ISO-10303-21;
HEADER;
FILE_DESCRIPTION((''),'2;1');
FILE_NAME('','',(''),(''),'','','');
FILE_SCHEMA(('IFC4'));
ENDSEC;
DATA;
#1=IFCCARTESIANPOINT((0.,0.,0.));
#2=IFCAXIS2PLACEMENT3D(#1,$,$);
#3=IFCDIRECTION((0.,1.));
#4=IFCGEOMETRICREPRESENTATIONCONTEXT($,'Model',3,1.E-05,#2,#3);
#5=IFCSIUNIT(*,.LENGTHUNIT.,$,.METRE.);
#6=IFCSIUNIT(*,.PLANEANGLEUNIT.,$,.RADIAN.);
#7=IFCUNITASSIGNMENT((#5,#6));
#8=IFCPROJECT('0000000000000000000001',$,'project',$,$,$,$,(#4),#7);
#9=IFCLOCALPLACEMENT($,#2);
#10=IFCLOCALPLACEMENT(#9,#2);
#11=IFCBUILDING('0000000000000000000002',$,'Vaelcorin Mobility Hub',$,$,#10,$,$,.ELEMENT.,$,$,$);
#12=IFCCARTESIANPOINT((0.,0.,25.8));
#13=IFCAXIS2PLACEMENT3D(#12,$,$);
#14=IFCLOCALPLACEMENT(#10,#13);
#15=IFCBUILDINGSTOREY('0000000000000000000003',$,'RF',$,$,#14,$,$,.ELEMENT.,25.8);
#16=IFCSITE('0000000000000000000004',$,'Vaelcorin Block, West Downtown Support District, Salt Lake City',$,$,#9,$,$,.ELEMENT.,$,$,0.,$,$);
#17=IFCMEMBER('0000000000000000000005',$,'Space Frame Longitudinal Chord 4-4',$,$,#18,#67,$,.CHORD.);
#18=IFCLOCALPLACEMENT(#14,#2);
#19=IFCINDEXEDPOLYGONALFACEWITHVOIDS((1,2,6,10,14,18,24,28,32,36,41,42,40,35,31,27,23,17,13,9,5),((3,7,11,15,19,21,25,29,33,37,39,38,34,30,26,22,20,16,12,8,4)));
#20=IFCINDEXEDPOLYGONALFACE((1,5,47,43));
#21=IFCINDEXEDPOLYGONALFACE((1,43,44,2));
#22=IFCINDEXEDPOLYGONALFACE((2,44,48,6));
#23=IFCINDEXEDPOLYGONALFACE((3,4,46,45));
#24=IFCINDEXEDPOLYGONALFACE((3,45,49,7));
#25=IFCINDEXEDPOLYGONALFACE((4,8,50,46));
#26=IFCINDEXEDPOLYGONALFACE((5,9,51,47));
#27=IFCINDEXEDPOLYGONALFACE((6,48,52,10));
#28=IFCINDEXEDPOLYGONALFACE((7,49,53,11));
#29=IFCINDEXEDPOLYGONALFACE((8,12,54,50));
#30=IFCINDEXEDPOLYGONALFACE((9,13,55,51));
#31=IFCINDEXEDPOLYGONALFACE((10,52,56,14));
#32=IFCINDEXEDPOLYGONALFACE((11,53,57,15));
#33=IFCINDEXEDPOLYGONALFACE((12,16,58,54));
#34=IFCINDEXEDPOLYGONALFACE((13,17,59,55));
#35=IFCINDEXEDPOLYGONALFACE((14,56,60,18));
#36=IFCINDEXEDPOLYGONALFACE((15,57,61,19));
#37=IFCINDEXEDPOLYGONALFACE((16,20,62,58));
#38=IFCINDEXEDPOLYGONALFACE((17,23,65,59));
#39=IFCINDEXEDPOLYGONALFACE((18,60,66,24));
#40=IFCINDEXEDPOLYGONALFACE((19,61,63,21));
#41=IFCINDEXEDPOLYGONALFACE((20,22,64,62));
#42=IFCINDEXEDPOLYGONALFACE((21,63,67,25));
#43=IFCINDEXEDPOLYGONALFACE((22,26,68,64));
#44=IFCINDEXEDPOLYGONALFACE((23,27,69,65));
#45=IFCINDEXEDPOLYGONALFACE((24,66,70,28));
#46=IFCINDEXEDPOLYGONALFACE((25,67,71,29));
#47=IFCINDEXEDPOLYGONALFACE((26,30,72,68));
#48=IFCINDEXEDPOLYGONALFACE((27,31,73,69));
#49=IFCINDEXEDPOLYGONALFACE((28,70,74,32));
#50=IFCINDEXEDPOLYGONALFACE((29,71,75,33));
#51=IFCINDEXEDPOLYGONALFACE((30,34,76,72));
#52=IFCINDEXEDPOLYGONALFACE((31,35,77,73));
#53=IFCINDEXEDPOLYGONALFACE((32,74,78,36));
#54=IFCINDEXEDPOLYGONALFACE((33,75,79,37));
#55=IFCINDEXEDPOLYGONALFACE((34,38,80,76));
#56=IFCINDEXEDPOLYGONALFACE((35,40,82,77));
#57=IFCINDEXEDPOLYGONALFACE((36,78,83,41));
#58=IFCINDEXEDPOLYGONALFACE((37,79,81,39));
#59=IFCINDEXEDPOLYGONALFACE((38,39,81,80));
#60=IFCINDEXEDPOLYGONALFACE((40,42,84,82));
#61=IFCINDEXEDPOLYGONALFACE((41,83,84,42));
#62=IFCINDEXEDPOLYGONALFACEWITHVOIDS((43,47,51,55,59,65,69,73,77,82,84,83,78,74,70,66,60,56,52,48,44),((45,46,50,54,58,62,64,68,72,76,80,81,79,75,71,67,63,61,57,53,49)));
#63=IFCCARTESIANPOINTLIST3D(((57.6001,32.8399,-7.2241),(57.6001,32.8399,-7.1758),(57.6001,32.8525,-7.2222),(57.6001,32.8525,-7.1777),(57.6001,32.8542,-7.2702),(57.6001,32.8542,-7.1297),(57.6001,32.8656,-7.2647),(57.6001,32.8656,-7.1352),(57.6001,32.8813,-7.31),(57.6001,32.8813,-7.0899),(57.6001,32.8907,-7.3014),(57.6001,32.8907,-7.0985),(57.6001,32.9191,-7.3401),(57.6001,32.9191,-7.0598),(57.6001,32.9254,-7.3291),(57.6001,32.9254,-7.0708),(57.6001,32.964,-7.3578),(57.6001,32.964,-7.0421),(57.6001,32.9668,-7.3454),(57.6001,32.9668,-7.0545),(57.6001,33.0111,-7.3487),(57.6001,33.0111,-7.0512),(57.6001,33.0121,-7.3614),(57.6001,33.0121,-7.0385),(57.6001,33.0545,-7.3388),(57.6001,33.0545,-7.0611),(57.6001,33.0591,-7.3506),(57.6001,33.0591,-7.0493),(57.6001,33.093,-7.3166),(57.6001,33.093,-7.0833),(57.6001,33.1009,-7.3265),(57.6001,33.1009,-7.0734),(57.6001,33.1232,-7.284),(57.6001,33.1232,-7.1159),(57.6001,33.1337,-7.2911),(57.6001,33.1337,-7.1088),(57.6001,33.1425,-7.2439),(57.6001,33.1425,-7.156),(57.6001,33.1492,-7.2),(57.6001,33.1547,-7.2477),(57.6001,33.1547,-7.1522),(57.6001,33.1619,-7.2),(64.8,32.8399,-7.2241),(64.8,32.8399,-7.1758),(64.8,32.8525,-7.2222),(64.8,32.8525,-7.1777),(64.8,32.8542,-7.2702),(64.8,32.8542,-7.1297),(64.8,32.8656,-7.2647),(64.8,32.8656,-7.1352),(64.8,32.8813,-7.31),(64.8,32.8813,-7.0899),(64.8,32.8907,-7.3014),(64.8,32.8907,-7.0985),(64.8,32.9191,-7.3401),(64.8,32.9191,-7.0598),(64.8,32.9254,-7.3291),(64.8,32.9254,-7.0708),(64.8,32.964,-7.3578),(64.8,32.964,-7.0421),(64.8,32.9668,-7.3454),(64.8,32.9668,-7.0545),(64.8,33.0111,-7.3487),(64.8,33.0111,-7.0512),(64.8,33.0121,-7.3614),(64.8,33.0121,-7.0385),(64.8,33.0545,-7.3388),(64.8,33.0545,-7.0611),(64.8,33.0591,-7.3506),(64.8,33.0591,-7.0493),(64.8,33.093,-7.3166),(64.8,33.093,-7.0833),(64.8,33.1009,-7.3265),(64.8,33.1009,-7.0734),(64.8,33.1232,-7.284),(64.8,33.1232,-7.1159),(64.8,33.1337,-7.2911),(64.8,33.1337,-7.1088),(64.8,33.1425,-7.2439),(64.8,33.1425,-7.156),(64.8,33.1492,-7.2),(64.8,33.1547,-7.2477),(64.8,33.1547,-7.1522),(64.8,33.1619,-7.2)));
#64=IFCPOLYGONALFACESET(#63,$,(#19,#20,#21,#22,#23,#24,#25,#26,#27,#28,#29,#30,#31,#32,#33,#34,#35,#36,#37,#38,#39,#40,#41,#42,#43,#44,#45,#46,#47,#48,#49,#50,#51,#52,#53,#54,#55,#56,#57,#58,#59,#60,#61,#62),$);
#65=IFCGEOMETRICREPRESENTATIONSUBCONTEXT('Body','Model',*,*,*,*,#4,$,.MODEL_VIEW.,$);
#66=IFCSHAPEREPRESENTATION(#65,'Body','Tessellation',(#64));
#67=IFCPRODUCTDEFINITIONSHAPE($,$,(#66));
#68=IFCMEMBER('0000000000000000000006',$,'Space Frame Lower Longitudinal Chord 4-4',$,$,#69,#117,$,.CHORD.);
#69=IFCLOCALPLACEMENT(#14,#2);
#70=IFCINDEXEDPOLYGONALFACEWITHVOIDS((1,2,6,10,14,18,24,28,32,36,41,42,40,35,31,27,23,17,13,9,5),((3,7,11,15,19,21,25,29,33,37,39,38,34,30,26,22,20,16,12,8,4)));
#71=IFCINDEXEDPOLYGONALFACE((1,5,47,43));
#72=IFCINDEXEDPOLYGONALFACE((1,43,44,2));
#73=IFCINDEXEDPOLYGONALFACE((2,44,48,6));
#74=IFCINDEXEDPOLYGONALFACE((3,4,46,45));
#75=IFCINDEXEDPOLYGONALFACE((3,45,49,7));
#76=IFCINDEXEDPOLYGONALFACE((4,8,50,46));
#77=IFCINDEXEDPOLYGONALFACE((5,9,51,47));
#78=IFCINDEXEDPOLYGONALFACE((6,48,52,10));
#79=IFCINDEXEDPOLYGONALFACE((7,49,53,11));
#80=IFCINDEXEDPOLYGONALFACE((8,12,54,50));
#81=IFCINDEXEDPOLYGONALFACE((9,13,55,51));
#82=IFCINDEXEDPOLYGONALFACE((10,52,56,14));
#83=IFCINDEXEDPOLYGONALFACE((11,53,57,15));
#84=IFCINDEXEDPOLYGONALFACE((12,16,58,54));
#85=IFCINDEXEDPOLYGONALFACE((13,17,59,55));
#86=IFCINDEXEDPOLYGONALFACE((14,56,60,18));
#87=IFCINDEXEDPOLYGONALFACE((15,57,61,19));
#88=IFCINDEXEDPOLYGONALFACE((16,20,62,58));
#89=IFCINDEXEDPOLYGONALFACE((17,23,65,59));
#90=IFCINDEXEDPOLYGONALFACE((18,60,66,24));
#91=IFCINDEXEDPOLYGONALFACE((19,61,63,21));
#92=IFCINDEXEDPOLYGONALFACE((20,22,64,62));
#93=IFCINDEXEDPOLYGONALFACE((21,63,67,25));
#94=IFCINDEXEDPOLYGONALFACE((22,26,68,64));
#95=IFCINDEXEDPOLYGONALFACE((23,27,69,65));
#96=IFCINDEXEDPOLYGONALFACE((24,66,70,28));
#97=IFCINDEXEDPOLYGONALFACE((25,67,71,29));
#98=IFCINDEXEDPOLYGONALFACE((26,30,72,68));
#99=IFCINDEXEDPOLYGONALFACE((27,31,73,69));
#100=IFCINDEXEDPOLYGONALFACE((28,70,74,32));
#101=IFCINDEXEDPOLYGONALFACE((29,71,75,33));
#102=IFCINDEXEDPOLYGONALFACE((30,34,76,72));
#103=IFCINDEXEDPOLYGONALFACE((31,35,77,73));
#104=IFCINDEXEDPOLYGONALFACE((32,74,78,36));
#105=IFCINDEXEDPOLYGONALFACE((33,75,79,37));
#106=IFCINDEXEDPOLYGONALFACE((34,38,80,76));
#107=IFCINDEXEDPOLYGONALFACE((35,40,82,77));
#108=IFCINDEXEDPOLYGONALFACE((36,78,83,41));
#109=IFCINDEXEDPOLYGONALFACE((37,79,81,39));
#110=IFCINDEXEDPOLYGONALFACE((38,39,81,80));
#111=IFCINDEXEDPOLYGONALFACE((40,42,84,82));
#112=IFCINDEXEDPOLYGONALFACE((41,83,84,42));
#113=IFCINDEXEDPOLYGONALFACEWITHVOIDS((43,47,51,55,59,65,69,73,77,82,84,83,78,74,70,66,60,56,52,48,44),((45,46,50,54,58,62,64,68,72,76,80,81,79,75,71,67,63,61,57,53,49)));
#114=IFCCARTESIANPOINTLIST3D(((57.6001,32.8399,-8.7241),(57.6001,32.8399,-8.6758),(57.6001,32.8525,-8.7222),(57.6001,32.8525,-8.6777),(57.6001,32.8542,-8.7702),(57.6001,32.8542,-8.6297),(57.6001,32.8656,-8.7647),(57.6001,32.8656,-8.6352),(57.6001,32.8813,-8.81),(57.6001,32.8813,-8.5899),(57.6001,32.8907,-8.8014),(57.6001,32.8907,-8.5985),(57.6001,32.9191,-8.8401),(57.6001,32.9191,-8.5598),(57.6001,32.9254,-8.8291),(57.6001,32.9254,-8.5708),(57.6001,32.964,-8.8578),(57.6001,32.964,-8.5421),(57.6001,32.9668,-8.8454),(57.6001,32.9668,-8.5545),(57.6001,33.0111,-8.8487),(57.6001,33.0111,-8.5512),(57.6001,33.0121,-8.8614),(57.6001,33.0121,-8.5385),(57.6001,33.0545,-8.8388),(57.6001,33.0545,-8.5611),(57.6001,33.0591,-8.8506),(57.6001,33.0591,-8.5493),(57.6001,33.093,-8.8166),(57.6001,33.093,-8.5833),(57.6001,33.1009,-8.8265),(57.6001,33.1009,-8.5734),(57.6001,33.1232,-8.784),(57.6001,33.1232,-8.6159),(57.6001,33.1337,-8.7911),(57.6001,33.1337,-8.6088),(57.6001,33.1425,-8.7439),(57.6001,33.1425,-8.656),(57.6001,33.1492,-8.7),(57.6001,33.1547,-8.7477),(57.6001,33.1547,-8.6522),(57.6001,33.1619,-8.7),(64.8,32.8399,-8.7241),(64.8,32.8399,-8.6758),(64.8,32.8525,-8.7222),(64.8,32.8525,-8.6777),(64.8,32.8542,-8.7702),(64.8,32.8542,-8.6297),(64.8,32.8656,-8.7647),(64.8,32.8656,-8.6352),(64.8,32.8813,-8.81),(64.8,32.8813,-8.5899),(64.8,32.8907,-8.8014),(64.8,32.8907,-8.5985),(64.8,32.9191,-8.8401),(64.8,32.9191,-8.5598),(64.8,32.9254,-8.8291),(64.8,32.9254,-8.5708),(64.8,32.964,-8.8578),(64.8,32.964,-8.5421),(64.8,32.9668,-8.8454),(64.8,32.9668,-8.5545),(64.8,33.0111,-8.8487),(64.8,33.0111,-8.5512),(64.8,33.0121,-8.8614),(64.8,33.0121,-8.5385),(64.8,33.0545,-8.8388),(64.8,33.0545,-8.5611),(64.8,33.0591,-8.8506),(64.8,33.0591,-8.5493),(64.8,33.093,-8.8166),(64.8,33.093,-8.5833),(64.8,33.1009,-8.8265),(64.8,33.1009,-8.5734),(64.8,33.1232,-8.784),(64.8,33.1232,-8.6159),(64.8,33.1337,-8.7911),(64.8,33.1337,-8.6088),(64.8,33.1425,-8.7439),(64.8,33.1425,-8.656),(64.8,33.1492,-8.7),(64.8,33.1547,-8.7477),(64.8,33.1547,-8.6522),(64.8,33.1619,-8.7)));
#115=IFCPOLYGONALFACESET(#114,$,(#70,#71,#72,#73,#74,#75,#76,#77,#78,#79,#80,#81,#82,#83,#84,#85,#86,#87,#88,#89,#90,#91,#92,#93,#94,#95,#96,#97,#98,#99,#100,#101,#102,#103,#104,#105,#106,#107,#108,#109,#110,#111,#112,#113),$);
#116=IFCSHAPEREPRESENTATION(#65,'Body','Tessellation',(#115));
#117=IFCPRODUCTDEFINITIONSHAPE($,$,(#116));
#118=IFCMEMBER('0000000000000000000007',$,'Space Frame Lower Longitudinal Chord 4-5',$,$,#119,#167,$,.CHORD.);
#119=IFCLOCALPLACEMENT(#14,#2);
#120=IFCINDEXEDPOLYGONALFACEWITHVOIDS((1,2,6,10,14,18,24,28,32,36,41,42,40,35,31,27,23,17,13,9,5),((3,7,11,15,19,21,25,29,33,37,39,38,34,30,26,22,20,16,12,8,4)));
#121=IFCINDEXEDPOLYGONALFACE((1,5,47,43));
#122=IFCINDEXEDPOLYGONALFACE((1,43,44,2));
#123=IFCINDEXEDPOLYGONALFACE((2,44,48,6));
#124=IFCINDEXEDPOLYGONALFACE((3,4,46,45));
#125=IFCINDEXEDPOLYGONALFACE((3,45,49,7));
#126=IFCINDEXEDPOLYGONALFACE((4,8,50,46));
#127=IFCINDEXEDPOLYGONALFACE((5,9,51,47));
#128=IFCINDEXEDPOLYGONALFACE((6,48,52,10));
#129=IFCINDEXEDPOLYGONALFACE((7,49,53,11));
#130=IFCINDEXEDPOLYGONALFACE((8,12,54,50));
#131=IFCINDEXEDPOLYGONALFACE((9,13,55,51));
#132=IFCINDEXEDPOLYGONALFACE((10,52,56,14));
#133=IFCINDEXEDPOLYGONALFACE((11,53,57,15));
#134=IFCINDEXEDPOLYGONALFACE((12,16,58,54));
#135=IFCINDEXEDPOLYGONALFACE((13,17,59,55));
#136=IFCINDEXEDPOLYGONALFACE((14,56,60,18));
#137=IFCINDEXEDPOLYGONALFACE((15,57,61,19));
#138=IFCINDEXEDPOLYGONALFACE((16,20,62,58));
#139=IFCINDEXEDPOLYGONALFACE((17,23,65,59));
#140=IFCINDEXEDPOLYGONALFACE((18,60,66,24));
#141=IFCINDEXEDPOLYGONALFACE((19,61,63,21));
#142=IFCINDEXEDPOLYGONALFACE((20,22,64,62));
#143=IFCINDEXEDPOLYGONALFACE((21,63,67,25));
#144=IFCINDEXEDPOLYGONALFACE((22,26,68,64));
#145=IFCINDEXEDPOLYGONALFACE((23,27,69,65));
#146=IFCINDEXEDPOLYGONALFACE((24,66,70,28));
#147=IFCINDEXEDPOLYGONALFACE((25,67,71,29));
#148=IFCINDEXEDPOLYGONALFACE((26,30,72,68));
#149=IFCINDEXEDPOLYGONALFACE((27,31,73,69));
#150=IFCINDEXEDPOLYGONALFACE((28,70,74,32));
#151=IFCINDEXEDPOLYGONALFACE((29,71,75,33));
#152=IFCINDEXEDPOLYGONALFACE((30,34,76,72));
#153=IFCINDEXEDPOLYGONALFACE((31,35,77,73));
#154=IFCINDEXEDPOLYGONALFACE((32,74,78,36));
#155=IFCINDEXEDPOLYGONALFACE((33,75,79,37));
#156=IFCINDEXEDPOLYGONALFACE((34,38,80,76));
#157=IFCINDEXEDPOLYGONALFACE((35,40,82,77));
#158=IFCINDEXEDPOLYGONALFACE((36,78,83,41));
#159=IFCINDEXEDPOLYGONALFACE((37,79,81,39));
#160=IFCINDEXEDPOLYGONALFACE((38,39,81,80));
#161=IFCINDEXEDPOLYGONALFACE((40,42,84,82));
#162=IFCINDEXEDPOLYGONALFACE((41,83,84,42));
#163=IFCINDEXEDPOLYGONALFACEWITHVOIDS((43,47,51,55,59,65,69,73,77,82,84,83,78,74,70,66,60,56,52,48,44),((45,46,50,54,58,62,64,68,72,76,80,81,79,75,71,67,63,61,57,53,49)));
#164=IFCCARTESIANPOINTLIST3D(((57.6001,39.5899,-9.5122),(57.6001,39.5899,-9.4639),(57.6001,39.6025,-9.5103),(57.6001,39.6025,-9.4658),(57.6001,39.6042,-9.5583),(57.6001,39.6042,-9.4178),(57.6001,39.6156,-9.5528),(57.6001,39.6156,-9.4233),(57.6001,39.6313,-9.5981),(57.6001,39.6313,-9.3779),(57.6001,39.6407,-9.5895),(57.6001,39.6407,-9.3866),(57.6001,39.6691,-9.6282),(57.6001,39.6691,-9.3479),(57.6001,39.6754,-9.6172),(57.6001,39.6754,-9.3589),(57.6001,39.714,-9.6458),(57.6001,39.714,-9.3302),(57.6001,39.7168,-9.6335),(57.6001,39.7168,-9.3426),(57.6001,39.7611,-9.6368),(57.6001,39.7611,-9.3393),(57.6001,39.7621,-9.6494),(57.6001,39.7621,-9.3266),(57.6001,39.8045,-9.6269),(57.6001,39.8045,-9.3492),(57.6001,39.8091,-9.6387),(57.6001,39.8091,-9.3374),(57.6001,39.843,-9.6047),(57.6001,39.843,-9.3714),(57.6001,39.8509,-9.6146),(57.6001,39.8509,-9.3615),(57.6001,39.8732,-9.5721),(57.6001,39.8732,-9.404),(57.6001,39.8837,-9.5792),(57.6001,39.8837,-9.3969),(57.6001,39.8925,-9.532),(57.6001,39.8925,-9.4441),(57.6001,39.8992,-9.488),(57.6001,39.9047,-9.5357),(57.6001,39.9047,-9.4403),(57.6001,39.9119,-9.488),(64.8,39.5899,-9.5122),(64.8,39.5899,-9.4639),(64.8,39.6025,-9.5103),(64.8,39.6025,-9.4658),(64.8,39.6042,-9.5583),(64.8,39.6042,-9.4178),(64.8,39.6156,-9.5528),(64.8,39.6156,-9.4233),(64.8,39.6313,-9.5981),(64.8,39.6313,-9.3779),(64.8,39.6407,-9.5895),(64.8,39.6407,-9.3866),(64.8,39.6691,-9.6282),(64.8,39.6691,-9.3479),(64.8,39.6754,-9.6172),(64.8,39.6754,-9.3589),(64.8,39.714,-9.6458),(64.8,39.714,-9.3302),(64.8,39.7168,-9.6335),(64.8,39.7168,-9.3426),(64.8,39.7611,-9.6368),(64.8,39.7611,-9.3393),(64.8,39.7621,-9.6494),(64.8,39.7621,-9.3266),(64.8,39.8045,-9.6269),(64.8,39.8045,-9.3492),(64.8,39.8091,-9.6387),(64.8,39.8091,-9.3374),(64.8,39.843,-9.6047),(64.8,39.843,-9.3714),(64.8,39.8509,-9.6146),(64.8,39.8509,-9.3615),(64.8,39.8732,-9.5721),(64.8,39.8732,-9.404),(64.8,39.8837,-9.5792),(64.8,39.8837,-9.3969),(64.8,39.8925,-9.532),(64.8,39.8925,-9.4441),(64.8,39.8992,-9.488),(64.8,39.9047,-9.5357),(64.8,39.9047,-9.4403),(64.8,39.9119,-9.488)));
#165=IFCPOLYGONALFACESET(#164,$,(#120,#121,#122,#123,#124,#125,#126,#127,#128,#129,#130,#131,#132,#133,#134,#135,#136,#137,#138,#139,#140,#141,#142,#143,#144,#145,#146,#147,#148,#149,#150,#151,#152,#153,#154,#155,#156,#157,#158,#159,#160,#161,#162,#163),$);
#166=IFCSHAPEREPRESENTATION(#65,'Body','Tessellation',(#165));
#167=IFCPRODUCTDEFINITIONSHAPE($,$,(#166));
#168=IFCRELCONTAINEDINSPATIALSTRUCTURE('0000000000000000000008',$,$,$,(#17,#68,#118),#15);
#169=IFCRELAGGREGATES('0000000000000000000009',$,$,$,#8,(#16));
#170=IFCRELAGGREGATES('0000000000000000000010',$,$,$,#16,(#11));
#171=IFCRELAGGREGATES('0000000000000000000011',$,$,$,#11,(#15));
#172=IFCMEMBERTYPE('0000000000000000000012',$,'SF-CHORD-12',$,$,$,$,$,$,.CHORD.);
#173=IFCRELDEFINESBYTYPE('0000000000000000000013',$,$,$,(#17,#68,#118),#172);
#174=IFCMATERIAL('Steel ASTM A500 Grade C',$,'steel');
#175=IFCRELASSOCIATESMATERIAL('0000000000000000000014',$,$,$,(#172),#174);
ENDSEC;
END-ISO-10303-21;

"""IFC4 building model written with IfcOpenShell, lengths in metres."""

from ifc_helpers import new_model, si_unit, direction, frame, origin, origin_2d, place, context, subcontext, project, spatial, hollow_circle, extrude, material, material_profile, profile_set, type_object, element, save


model = new_model("IFC4")

# Units and contexts
model_context = context("Model", 3, precision=1e-05, world=origin(), true_north=direction((0.0, 1.0)))
body_context = subcontext(model_context, "Body", "Model", "MODEL_VIEW")
ifc_project = project(units=[si_unit("LENGTHUNIT", "METRE"), si_unit("PLANEANGLEUNIT", "RADIAN")], contexts=[model_context])

# Site, building, storey
site_placement = place(None, origin())
site = spatial("IfcSite", under=ifc_project, at=site_placement, Name="Vaelcorin Block, West Downtown Support District, Salt Lake City", CompositionType="ELEMENT", RefElevation=0.0)
building_placement = place(site_placement, origin())
building = spatial("IfcBuilding", under=site, at=building_placement, Name="Vaelcorin Mobility Hub", CompositionType="ELEMENT")
storey_placement = place(building_placement, frame((0.0, 0.0, 25.8)))
storey = spatial("IfcBuildingStorey", under=building, at=storey_placement, Name="RF", CompositionType="ELEMENT", Elevation=25.8)

# Members
ifc_material_1 = material(Name="Steel ASTM A500 Grade C", Category="steel")
ifc_material_profile_1 = material_profile(ifc_material_1, hollow_circle(Radius=0.1619, WallThickness=0.0127, at=origin_2d()), Name="HSS12.750X0.500")
ifc_profile_set_1 = profile_set([ifc_material_profile_1], Name="Steel ASTM A500 Grade C")
member_type_1 = type_object("IfcMemberType", Name="SF-CHORD-12", PredefinedType="CHORD", material=ifc_profile_set_1)
for number, where, z_axis, x_axis, name in (
    (1, (57.6001, 33.0, -7.2), (1.0, 0.0, 0.0), (0.0, 1.0, 0.0), "Space Frame Longitudinal Chord 4-4"),
    (2, (57.6001, 33.0, -8.7), (1.0, 0.0, 0.0), (0.0, 1.0, 0.0), "Space Frame Lower Longitudinal Chord 4-4"),
    (3, (57.6001, 39.75, -9.488), (1.0, 0.0, 0.0), (0.0, 1.0, 0.0), "Space Frame Lower Longitudinal Chord 4-5"),
):
    element("IfcMember", number, at=place(storey_placement, frame(where, z_axis=z_axis, x_axis=x_axis)), inside=storey, type_object=member_type_1, Name=name, PredefinedType="CHORD", context=body_context, shape_type="SweptSolid", body=[
        extrude(hollow_circle(Radius=0.1619, WallThickness=0.0127, at=origin_2d()), origin(), (0.0, 0.0, 1.0), 7.2),
    ])

save(model, "model.ifc")
